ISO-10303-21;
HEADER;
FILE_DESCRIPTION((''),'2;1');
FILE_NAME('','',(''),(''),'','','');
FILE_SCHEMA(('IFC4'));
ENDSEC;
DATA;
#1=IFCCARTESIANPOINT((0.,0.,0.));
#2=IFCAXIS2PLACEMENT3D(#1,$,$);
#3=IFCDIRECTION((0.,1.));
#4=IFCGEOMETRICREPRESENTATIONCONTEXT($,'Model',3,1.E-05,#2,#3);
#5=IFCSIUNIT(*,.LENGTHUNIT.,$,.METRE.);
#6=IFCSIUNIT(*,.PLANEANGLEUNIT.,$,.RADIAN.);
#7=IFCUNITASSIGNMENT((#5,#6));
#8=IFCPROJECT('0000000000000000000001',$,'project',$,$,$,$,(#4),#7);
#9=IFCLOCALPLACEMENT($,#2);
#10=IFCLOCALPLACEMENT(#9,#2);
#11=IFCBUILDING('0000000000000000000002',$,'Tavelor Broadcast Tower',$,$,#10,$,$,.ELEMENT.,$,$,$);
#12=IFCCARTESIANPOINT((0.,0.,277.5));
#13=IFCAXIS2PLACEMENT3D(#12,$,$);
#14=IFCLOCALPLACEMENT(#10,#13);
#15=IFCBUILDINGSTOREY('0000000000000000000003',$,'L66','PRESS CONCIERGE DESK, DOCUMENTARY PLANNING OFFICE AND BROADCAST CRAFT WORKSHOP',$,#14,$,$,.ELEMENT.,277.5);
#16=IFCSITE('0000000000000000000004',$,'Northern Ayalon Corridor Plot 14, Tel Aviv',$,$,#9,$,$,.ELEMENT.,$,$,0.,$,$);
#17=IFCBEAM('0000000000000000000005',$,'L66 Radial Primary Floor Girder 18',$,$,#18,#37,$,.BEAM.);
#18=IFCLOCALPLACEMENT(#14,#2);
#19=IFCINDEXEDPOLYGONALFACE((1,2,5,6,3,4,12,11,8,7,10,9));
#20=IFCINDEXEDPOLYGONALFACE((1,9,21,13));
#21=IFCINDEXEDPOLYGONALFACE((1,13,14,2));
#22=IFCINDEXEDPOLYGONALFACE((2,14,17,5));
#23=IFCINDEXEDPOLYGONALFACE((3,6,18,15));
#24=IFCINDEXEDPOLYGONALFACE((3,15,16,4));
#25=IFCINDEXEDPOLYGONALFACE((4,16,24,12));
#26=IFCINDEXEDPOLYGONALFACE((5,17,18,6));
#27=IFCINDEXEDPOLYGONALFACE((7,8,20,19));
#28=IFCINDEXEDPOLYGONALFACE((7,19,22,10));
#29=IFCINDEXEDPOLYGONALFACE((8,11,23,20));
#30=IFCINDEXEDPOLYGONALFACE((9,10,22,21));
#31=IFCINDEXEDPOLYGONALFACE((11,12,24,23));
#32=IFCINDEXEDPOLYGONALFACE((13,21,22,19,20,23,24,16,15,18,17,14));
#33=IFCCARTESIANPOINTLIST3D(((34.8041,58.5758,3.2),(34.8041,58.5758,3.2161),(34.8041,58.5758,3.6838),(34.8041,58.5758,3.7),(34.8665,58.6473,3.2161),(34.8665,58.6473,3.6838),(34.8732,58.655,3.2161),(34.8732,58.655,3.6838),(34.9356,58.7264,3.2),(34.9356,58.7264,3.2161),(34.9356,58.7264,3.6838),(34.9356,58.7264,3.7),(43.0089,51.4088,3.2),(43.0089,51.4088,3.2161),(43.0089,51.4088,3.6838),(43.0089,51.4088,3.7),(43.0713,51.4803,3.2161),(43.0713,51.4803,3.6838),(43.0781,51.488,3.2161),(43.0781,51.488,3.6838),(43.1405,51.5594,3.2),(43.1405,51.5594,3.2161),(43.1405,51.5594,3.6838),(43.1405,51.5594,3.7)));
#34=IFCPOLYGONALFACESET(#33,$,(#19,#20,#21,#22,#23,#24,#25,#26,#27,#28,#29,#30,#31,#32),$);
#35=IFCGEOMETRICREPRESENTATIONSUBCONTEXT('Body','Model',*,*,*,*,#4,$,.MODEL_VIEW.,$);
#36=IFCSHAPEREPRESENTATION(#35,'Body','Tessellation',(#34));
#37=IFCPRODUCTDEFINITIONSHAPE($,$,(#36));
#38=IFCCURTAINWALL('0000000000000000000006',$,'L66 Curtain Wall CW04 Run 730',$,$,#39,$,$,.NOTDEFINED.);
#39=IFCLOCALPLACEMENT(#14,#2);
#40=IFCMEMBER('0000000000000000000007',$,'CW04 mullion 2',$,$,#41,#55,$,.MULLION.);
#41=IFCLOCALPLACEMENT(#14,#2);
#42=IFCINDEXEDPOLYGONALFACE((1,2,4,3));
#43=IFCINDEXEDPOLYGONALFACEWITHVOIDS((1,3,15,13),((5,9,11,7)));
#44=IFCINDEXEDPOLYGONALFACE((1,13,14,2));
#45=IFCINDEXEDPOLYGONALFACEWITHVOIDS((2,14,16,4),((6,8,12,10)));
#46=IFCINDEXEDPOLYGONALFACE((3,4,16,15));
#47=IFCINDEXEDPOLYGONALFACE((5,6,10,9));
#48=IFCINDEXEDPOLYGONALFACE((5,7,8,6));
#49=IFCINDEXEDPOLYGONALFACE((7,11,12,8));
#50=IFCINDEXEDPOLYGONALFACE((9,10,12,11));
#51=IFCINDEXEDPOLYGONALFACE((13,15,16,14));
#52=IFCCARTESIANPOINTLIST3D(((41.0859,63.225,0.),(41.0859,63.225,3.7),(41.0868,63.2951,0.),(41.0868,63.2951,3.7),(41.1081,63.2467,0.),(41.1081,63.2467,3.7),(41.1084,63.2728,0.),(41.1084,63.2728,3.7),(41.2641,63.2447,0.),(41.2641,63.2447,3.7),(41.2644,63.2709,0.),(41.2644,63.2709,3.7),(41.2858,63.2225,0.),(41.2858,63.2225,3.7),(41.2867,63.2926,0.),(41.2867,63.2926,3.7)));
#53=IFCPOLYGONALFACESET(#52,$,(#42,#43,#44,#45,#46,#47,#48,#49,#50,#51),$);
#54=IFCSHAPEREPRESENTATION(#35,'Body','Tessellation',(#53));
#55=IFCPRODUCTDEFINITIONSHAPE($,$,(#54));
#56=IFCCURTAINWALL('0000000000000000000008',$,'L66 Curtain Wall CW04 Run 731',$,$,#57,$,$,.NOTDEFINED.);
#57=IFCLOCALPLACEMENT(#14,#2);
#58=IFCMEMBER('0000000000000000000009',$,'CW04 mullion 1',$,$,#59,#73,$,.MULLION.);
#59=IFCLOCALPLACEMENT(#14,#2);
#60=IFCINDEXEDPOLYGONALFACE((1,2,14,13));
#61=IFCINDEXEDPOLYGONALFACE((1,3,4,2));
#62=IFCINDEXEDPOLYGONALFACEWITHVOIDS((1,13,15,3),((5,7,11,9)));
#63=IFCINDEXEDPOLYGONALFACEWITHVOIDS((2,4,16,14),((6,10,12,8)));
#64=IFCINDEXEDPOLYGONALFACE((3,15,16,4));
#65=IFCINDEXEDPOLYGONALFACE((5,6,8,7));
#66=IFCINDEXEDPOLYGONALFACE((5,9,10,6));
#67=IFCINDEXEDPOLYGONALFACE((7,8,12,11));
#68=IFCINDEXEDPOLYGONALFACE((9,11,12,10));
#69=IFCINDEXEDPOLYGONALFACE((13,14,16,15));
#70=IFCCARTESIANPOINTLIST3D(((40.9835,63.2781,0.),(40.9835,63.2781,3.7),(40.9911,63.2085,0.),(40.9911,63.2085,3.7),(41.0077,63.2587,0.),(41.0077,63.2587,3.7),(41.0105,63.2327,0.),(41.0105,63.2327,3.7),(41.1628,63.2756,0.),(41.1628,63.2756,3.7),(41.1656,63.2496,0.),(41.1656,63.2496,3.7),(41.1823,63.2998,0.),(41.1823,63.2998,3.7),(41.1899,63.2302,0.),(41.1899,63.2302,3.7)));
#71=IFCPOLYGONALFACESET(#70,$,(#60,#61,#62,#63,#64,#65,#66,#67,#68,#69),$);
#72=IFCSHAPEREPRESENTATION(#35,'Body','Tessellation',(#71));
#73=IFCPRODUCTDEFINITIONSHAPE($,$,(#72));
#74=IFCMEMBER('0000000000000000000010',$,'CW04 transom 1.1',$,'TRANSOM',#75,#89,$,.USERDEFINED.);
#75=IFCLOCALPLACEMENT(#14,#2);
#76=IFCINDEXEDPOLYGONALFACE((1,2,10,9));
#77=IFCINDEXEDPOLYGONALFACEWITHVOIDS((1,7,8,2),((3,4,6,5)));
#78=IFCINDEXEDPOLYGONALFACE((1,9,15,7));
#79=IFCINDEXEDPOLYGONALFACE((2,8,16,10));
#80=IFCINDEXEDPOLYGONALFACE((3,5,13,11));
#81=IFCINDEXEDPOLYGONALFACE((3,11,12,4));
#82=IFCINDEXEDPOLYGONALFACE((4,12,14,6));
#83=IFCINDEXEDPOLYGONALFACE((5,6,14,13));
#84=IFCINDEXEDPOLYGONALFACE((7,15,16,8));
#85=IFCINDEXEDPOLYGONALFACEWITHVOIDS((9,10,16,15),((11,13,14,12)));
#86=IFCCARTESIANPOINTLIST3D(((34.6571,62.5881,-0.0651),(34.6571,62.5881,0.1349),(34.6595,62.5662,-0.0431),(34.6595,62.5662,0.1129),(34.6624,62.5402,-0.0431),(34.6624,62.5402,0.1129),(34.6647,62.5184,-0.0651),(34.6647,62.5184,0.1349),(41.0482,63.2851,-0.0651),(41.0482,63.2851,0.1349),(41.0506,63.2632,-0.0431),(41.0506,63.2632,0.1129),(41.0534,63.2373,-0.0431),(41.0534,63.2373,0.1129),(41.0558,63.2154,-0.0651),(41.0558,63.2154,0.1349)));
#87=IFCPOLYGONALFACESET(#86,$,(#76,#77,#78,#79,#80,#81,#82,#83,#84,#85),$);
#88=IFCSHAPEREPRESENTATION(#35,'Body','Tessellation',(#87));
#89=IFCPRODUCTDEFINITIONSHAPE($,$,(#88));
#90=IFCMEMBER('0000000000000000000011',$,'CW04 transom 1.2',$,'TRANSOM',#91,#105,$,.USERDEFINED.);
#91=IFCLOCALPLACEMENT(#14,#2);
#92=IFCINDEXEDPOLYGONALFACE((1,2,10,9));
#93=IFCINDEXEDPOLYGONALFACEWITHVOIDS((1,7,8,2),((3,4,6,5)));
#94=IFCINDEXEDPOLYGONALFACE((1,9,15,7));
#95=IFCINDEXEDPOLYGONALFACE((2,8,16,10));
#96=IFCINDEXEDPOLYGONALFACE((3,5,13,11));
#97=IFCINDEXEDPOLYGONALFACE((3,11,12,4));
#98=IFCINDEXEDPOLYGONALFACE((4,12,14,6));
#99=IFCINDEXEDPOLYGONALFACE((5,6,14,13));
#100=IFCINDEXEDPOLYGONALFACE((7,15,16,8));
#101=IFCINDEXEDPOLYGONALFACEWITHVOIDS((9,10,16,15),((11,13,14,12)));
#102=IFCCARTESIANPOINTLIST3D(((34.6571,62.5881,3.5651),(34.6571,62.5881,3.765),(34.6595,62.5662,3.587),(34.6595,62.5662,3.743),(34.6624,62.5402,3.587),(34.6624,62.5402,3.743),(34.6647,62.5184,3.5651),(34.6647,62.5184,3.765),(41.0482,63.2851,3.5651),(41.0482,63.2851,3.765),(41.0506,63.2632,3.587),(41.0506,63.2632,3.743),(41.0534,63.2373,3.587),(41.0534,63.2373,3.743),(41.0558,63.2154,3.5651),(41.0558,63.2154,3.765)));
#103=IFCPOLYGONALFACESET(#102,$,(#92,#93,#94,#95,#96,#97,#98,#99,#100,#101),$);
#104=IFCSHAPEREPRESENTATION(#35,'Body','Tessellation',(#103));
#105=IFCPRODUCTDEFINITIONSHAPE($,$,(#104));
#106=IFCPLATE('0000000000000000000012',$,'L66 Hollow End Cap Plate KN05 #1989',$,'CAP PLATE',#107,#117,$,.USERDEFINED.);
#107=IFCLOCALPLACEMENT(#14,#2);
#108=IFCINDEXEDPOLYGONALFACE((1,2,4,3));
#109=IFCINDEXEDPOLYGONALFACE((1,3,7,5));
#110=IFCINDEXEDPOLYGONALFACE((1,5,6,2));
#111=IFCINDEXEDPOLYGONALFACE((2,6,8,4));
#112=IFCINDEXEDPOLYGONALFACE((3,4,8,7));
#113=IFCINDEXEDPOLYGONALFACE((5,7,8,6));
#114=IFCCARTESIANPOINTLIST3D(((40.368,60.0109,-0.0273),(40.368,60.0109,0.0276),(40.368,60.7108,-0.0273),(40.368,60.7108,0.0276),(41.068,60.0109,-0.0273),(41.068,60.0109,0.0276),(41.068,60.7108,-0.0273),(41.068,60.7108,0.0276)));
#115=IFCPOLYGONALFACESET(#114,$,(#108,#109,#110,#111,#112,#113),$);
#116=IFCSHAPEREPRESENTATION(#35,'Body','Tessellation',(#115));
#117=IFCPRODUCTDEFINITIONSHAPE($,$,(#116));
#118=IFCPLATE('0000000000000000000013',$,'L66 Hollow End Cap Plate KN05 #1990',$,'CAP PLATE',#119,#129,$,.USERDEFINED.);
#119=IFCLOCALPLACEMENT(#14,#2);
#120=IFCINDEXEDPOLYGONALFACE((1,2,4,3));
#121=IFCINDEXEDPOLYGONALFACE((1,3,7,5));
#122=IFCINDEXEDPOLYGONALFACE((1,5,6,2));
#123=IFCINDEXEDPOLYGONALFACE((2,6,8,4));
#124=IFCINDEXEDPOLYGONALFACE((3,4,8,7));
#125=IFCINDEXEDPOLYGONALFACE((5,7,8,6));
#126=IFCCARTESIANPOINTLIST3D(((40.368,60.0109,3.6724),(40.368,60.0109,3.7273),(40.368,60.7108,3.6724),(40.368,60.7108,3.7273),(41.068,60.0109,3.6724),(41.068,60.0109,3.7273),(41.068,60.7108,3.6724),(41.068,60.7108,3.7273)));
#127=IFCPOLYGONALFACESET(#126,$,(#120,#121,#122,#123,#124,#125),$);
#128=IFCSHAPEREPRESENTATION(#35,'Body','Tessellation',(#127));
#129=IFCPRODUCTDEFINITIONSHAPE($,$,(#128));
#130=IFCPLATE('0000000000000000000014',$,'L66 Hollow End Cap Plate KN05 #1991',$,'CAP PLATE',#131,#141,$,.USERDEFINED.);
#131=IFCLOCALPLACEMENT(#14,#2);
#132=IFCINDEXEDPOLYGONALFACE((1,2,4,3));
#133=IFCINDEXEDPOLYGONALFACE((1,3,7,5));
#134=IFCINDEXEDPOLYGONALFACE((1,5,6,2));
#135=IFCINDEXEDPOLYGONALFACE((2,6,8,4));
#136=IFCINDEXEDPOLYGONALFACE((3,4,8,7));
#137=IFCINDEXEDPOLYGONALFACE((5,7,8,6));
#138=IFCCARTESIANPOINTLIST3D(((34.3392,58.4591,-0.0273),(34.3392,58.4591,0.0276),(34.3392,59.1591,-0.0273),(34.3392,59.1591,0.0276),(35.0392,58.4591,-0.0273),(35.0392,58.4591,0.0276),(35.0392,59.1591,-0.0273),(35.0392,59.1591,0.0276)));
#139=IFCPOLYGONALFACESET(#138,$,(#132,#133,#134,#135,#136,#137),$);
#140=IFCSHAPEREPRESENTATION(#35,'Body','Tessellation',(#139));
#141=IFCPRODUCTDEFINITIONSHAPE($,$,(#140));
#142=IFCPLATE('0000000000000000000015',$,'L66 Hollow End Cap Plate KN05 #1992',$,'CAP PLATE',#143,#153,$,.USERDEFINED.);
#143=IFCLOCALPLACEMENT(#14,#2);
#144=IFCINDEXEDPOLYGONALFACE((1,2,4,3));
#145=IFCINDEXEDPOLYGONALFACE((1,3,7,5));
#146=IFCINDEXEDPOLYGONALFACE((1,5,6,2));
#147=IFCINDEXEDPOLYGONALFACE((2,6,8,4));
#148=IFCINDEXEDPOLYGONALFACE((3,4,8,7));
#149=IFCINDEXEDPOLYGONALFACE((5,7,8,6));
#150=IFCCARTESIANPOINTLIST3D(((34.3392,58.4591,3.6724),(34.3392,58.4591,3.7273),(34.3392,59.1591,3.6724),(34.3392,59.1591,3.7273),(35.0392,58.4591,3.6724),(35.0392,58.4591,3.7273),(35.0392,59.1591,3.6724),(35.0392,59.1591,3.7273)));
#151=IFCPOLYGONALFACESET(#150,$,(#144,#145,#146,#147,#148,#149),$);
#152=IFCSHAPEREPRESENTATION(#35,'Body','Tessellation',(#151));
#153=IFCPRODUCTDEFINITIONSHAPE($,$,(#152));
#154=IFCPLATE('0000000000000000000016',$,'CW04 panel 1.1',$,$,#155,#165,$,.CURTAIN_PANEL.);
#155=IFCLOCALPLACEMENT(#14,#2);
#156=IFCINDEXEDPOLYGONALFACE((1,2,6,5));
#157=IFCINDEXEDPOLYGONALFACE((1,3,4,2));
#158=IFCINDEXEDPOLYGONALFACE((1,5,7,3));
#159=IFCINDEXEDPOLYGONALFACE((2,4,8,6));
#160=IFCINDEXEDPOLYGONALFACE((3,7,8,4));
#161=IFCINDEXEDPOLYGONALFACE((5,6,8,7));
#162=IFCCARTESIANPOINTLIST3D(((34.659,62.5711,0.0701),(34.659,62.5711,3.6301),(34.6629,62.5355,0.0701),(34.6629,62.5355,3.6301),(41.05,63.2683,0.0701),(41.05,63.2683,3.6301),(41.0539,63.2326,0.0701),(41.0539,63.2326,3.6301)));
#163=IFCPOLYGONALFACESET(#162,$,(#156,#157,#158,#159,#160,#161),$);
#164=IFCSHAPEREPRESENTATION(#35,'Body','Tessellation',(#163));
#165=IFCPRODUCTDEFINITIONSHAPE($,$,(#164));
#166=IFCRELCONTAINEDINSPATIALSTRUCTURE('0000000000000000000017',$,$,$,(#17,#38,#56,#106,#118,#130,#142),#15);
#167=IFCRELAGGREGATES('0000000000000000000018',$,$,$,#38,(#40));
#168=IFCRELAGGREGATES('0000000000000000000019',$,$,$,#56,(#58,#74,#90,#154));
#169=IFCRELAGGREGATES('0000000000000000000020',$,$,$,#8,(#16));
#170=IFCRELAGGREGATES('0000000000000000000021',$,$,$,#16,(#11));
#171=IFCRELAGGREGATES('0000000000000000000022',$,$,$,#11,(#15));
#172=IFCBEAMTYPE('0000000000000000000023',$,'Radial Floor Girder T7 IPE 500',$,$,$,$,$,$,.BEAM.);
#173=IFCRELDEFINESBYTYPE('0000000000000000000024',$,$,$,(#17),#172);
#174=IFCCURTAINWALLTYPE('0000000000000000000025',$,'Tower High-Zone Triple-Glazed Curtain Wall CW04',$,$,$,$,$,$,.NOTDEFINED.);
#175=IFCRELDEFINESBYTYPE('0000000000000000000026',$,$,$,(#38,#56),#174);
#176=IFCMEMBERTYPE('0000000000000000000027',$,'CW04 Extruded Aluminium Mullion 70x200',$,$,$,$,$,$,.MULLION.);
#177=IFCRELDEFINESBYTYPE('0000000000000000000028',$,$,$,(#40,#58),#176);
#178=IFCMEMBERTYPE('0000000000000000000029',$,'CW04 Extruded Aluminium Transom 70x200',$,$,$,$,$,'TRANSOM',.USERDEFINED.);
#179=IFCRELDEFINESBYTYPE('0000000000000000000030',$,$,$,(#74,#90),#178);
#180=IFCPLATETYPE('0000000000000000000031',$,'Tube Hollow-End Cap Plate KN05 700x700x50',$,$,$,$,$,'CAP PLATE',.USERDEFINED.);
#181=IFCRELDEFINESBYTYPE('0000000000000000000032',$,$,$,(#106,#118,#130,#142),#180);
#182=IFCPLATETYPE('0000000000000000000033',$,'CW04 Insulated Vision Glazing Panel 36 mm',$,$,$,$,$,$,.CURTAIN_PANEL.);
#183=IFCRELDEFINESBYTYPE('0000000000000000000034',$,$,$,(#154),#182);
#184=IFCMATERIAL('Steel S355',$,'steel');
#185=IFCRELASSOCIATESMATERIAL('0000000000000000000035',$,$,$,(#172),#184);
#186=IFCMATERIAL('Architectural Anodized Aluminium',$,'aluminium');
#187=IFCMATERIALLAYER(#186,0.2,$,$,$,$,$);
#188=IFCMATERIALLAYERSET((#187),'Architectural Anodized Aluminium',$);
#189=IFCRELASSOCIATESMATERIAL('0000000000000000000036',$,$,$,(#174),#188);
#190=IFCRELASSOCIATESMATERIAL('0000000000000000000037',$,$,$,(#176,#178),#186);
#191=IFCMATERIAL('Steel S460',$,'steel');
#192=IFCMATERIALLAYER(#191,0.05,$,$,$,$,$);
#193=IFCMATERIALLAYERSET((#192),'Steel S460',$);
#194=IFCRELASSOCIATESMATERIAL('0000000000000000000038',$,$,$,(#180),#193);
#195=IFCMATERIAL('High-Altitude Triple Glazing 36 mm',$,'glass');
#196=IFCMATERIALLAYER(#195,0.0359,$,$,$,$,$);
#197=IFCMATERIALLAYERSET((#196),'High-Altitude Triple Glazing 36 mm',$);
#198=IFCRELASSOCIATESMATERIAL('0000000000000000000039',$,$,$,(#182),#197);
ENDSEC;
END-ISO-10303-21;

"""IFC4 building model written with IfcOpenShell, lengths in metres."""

from ifc_helpers import new_model, si_unit, direction, frame, origin, origin_2d, place, context, subcontext, project, spatial, rectangle, hollow_rectangle, i_section, extrude, source, transform, mapped, material, layer, layer_set, material_profile, profile_set, type_object, type_shapes, element, aggregate, save


model = new_model("IFC4")

# Units and contexts
model_context = context("Model", 3, precision=1e-05, world=origin(), true_north=direction((0.0, 1.0)))
body_context = subcontext(model_context, "Body", "Model", "MODEL_VIEW")
ifc_project = project(units=[si_unit("LENGTHUNIT", "METRE"), si_unit("PLANEANGLEUNIT", "RADIAN")], contexts=[model_context])

# Site, building, storey
site_placement = place(None, origin())
site = spatial("IfcSite", under=ifc_project, at=site_placement, Name="Northern Ayalon Corridor Plot 14, Tel Aviv", CompositionType="ELEMENT", RefElevation=0.0)
building_placement = place(site_placement, origin())
building = spatial("IfcBuilding", under=site, at=building_placement, Name="Tavelor Broadcast Tower", CompositionType="ELEMENT")
storey_placement = place(building_placement, frame((0.0, 0.0, 277.5)))
storey = spatial("IfcBuildingStorey", under=building, at=storey_placement, Name="L66", Description="PRESS CONCIERGE DESK, DOCUMENTARY PLANNING OFFICE AND BROADCAST CRAFT WORKSHOP", CompositionType="ELEMENT", Elevation=277.5)

# Shared definitions
ifc_material_1 = material(Name="Steel S460", Category="steel")

# Beam
ifc_material_2 = material(Name="Steel S355", Category="steel")
ifc_material_profile_1 = material_profile(ifc_material_2, i_section(OverallWidth=0.2, OverallDepth=0.5, WebThickness=0.0103, FlangeThickness=0.0161, at=origin_2d()), Name="IPE 500")
ifc_profile_set_1 = profile_set([ifc_material_profile_1], Name="Steel S355")
beam_type_1 = type_object("IfcBeamType", Name="Radial Floor Girder T7 IPE 500", PredefinedType="BEAM", material=ifc_profile_set_1)
beam_1_placement = place(storey_placement, frame((43.0747, 51.4841, 3.45), z_axis=(-0.753133, 0.657868, 0.0), x_axis=(-0.657868, -0.753133, 0.0)))
element("IfcBeam", 1, at=beam_1_placement, inside=storey, type_object=beam_type_1, Name="L66 Radial Primary Floor Girder 18", PredefinedType="BEAM", context=body_context, shape_type="SweptSolid", body=[
    extrude(i_section(OverallWidth=0.2, OverallDepth=0.5, WebThickness=0.0103, FlangeThickness=0.0161, at=origin_2d()), origin(), (0.0, 0.0, 1.0), 10.8943),
])

# Curtain wall, member
ifc_material_3 = material(Name="Architectural Anodized Aluminium", Category="aluminium")
ifc_layer_1 = layer(ifc_material_3, 0.2)
ifc_layer_set_1 = layer_set([ifc_layer_1], Name="Architectural Anodized Aluminium")
curtain_wall_type = type_object("IfcCurtainWallType", Name="Tower High-Zone Triple-Glazed Curtain Wall CW04", PredefinedType="NOTDEFINED", material=ifc_layer_set_1)
curtain_wall_1_placement = place(storey_placement, origin())
curtain_wall_1 = element("IfcCurtainWall", 2, at=curtain_wall_1_placement, inside=storey, type_object=curtain_wall_type, Name="L66 Curtain Wall CW04 Run 730", PredefinedType="NOTDEFINED")
ifc_material_profile_2 = material_profile(ifc_material_3, hollow_rectangle(XDim=0.0701, YDim=0.2, WallThickness=0.022, at=origin_2d()), Name="RHS 70x200x22")
ifc_profile_set_2 = profile_set([ifc_material_profile_2], Name="Architectural Anodized Aluminium")
member_type_1 = type_object("IfcMemberType", Name="CW04 Extruded Aluminium Mullion 70x200", PredefinedType="MULLION", material=ifc_profile_set_2)
shared_shape_1 = source(origin(), body_context, "Body", "SweptSolid", [
    extrude(hollow_rectangle(XDim=0.0701, YDim=0.2, WallThickness=0.022, at=origin_2d()), origin(), (0.0, 0.0, 1.0), 3.7),
])
type_shapes(member_type_1, [shared_shape_1])
member_1_placement = place(storey_placement, frame((41.1863, 63.2588, 0.0), z_axis=(0.0, 0.0, 1.0), x_axis=(-0.012651, -0.99992, 0.0)))
member_1 = element("IfcMember", 3, at=member_1_placement, type_object=member_type_1, Name="CW04 mullion 2", PredefinedType="MULLION", context=body_context, shape_type="MappedRepresentation", body=[
    mapped(shared_shape_1, transform((0.0, 0.0, 0.0), scale=1.0)),
])
aggregate(curtain_wall_1, [member_1])

# Curtain wall, members
curtain_wall_2_placement = place(storey_placement, origin())
curtain_wall_2 = element("IfcCurtainWall", 4, at=curtain_wall_2_placement, inside=storey, type_object=curtain_wall_type, Name="L66 Curtain Wall CW04 Run 731", PredefinedType="NOTDEFINED")
member_2_placement = place(storey_placement, frame((41.0867, 63.2542, 0.0), z_axis=(0.0, 0.0, 1.0), x_axis=(0.108435, -0.994104, 0.0)))
member_2 = element("IfcMember", 5, at=member_2_placement, type_object=member_type_1, Name="CW04 mullion 1", PredefinedType="MULLION", context=body_context, shape_type="MappedRepresentation", body=[
    mapped(shared_shape_1, transform((0.0, 0.0, 0.0), scale=1.0)),
])
ifc_material_profile_3 = material_profile(ifc_material_3, hollow_rectangle(XDim=0.0701, YDim=0.2, WallThickness=0.022, at=origin_2d()), Name="RHS 70x200x22")
ifc_profile_set_3 = profile_set([ifc_material_profile_3], Name="Architectural Anodized Aluminium")
member_type_2 = type_object("IfcMemberType", Name="CW04 Extruded Aluminium Transom 70x200", ElementType="TRANSOM", PredefinedType="USERDEFINED", material=ifc_profile_set_3)
shared_shape_2 = source(origin(), body_context, "Body", "SweptSolid", [
    extrude(hollow_rectangle(XDim=0.0701, YDim=0.2, WallThickness=0.022, at=origin_2d()), origin(), (0.0, 0.0, 1.0), 6.429),
])
type_shapes(member_type_2, [shared_shape_2])
member_3_placement = place(storey_placement, frame((41.052, 63.2502, 0.0349), z_axis=(-0.994105, -0.108418, 0.0), x_axis=(0.108418, -0.994105, 0.0)))
member_3 = element("IfcMember", 6, at=member_3_placement, type_object=member_type_2, Name="CW04 transom 1.1", ObjectType="TRANSOM", PredefinedType="USERDEFINED", context=body_context, shape_type="MappedRepresentation", body=[
    mapped(shared_shape_2, transform((0.0, 0.0, 0.0), scale=1.0)),
])
member_4_placement = place(storey_placement, frame((41.052, 63.2502, 3.665), z_axis=(-0.994105, -0.108418, 0.0), x_axis=(0.108418, -0.994105, 0.0)))
member_4 = element("IfcMember", 7, at=member_4_placement, type_object=member_type_2, Name="CW04 transom 1.2", ObjectType="TRANSOM", PredefinedType="USERDEFINED", context=body_context, shape_type="MappedRepresentation", body=[
    mapped(shared_shape_2, transform((0.0, 0.0, 0.0), scale=1.0)),
])

# Plates
ifc_layer_2 = layer(ifc_material_1, 0.05)
ifc_layer_set_2 = layer_set([ifc_layer_2], Name="Steel S460")
plate_type_1 = type_object("IfcPlateType", Name="Tube Hollow-End Cap Plate KN05 700x700x50", ElementType="CAP PLATE", PredefinedType="USERDEFINED", material=ifc_layer_set_2)
shared_shape_3 = source(origin(), body_context, "Body", "SweptSolid", [
    extrude(rectangle(XDim=0.7, YDim=0.7, at=origin_2d()), origin(), (0.0, 0.0, 1.0), 0.0549),
])
type_shapes(plate_type_1, [shared_shape_3])
for number, where, z_axis, x_axis, name in (
    (8, (40.718, 60.3608, -0.0273), (0.0, 0.0, 1.0), (1.0, 0.0, 0.0), "L66 Hollow End Cap Plate KN05 #1989"),
    (9, (40.718, 60.3608, 3.6724), (0.0, 0.0, 1.0), (1.0, 0.0, 0.0), "L66 Hollow End Cap Plate KN05 #1990"),
    (10, (34.6892, 58.8091, -0.0273), (0.0, 0.0, 1.0), (1.0, 0.0, 0.0), "L66 Hollow End Cap Plate KN05 #1991"),
    (11, (34.6892, 58.8091, 3.6724), (0.0, 0.0, 1.0), (1.0, 0.0, 0.0), "L66 Hollow End Cap Plate KN05 #1992"),
):
    element("IfcPlate", number, at=place(storey_placement, frame(where, z_axis=z_axis, x_axis=x_axis)), inside=storey, type_object=plate_type_1, Name=name, ObjectType="CAP PLATE", PredefinedType="USERDEFINED", context=body_context, shape_type="MappedRepresentation", body=[
        mapped(shared_shape_3, transform((0.0, 0.0, 0.0), scale=1.0)),
    ])

# Plate
ifc_material_4 = material(Name="High-Altitude Triple Glazing 36 mm", Category="glass")
ifc_layer_3 = layer(ifc_material_4, 0.0359)
ifc_layer_set_3 = layer_set([ifc_layer_3], Name="High-Altitude Triple Glazing 36 mm")
plate_type_2 = type_object("IfcPlateType", Name="CW04 Insulated Vision Glazing Panel 36 mm", PredefinedType="CURTAIN_PANEL", material=ifc_layer_set_3)
shared_shape_4 = source(origin(), body_context, "Body", "SweptSolid", [
    extrude(rectangle(XDim=6.429, YDim=0.0359, at=origin_2d()), origin(), (0.0, 0.0, 1.0), 3.5601),
])
type_shapes(plate_type_2, [shared_shape_4])
plate_placement = place(storey_placement, frame((37.8564, 62.9019, 0.0701), z_axis=(0.0, 0.0, 1.0), x_axis=(-0.994104, -0.108435, 0.0)))
plate = element("IfcPlate", 12, at=plate_placement, type_object=plate_type_2, Name="CW04 panel 1.1", PredefinedType="CURTAIN_PANEL", context=body_context, shape_type="MappedRepresentation", body=[
    mapped(shared_shape_4, transform((0.0, 0.0, 0.0), scale=1.0)),
])
aggregate(curtain_wall_2, [member_2, member_3, member_4, plate])

save(model, "model.ifc")
